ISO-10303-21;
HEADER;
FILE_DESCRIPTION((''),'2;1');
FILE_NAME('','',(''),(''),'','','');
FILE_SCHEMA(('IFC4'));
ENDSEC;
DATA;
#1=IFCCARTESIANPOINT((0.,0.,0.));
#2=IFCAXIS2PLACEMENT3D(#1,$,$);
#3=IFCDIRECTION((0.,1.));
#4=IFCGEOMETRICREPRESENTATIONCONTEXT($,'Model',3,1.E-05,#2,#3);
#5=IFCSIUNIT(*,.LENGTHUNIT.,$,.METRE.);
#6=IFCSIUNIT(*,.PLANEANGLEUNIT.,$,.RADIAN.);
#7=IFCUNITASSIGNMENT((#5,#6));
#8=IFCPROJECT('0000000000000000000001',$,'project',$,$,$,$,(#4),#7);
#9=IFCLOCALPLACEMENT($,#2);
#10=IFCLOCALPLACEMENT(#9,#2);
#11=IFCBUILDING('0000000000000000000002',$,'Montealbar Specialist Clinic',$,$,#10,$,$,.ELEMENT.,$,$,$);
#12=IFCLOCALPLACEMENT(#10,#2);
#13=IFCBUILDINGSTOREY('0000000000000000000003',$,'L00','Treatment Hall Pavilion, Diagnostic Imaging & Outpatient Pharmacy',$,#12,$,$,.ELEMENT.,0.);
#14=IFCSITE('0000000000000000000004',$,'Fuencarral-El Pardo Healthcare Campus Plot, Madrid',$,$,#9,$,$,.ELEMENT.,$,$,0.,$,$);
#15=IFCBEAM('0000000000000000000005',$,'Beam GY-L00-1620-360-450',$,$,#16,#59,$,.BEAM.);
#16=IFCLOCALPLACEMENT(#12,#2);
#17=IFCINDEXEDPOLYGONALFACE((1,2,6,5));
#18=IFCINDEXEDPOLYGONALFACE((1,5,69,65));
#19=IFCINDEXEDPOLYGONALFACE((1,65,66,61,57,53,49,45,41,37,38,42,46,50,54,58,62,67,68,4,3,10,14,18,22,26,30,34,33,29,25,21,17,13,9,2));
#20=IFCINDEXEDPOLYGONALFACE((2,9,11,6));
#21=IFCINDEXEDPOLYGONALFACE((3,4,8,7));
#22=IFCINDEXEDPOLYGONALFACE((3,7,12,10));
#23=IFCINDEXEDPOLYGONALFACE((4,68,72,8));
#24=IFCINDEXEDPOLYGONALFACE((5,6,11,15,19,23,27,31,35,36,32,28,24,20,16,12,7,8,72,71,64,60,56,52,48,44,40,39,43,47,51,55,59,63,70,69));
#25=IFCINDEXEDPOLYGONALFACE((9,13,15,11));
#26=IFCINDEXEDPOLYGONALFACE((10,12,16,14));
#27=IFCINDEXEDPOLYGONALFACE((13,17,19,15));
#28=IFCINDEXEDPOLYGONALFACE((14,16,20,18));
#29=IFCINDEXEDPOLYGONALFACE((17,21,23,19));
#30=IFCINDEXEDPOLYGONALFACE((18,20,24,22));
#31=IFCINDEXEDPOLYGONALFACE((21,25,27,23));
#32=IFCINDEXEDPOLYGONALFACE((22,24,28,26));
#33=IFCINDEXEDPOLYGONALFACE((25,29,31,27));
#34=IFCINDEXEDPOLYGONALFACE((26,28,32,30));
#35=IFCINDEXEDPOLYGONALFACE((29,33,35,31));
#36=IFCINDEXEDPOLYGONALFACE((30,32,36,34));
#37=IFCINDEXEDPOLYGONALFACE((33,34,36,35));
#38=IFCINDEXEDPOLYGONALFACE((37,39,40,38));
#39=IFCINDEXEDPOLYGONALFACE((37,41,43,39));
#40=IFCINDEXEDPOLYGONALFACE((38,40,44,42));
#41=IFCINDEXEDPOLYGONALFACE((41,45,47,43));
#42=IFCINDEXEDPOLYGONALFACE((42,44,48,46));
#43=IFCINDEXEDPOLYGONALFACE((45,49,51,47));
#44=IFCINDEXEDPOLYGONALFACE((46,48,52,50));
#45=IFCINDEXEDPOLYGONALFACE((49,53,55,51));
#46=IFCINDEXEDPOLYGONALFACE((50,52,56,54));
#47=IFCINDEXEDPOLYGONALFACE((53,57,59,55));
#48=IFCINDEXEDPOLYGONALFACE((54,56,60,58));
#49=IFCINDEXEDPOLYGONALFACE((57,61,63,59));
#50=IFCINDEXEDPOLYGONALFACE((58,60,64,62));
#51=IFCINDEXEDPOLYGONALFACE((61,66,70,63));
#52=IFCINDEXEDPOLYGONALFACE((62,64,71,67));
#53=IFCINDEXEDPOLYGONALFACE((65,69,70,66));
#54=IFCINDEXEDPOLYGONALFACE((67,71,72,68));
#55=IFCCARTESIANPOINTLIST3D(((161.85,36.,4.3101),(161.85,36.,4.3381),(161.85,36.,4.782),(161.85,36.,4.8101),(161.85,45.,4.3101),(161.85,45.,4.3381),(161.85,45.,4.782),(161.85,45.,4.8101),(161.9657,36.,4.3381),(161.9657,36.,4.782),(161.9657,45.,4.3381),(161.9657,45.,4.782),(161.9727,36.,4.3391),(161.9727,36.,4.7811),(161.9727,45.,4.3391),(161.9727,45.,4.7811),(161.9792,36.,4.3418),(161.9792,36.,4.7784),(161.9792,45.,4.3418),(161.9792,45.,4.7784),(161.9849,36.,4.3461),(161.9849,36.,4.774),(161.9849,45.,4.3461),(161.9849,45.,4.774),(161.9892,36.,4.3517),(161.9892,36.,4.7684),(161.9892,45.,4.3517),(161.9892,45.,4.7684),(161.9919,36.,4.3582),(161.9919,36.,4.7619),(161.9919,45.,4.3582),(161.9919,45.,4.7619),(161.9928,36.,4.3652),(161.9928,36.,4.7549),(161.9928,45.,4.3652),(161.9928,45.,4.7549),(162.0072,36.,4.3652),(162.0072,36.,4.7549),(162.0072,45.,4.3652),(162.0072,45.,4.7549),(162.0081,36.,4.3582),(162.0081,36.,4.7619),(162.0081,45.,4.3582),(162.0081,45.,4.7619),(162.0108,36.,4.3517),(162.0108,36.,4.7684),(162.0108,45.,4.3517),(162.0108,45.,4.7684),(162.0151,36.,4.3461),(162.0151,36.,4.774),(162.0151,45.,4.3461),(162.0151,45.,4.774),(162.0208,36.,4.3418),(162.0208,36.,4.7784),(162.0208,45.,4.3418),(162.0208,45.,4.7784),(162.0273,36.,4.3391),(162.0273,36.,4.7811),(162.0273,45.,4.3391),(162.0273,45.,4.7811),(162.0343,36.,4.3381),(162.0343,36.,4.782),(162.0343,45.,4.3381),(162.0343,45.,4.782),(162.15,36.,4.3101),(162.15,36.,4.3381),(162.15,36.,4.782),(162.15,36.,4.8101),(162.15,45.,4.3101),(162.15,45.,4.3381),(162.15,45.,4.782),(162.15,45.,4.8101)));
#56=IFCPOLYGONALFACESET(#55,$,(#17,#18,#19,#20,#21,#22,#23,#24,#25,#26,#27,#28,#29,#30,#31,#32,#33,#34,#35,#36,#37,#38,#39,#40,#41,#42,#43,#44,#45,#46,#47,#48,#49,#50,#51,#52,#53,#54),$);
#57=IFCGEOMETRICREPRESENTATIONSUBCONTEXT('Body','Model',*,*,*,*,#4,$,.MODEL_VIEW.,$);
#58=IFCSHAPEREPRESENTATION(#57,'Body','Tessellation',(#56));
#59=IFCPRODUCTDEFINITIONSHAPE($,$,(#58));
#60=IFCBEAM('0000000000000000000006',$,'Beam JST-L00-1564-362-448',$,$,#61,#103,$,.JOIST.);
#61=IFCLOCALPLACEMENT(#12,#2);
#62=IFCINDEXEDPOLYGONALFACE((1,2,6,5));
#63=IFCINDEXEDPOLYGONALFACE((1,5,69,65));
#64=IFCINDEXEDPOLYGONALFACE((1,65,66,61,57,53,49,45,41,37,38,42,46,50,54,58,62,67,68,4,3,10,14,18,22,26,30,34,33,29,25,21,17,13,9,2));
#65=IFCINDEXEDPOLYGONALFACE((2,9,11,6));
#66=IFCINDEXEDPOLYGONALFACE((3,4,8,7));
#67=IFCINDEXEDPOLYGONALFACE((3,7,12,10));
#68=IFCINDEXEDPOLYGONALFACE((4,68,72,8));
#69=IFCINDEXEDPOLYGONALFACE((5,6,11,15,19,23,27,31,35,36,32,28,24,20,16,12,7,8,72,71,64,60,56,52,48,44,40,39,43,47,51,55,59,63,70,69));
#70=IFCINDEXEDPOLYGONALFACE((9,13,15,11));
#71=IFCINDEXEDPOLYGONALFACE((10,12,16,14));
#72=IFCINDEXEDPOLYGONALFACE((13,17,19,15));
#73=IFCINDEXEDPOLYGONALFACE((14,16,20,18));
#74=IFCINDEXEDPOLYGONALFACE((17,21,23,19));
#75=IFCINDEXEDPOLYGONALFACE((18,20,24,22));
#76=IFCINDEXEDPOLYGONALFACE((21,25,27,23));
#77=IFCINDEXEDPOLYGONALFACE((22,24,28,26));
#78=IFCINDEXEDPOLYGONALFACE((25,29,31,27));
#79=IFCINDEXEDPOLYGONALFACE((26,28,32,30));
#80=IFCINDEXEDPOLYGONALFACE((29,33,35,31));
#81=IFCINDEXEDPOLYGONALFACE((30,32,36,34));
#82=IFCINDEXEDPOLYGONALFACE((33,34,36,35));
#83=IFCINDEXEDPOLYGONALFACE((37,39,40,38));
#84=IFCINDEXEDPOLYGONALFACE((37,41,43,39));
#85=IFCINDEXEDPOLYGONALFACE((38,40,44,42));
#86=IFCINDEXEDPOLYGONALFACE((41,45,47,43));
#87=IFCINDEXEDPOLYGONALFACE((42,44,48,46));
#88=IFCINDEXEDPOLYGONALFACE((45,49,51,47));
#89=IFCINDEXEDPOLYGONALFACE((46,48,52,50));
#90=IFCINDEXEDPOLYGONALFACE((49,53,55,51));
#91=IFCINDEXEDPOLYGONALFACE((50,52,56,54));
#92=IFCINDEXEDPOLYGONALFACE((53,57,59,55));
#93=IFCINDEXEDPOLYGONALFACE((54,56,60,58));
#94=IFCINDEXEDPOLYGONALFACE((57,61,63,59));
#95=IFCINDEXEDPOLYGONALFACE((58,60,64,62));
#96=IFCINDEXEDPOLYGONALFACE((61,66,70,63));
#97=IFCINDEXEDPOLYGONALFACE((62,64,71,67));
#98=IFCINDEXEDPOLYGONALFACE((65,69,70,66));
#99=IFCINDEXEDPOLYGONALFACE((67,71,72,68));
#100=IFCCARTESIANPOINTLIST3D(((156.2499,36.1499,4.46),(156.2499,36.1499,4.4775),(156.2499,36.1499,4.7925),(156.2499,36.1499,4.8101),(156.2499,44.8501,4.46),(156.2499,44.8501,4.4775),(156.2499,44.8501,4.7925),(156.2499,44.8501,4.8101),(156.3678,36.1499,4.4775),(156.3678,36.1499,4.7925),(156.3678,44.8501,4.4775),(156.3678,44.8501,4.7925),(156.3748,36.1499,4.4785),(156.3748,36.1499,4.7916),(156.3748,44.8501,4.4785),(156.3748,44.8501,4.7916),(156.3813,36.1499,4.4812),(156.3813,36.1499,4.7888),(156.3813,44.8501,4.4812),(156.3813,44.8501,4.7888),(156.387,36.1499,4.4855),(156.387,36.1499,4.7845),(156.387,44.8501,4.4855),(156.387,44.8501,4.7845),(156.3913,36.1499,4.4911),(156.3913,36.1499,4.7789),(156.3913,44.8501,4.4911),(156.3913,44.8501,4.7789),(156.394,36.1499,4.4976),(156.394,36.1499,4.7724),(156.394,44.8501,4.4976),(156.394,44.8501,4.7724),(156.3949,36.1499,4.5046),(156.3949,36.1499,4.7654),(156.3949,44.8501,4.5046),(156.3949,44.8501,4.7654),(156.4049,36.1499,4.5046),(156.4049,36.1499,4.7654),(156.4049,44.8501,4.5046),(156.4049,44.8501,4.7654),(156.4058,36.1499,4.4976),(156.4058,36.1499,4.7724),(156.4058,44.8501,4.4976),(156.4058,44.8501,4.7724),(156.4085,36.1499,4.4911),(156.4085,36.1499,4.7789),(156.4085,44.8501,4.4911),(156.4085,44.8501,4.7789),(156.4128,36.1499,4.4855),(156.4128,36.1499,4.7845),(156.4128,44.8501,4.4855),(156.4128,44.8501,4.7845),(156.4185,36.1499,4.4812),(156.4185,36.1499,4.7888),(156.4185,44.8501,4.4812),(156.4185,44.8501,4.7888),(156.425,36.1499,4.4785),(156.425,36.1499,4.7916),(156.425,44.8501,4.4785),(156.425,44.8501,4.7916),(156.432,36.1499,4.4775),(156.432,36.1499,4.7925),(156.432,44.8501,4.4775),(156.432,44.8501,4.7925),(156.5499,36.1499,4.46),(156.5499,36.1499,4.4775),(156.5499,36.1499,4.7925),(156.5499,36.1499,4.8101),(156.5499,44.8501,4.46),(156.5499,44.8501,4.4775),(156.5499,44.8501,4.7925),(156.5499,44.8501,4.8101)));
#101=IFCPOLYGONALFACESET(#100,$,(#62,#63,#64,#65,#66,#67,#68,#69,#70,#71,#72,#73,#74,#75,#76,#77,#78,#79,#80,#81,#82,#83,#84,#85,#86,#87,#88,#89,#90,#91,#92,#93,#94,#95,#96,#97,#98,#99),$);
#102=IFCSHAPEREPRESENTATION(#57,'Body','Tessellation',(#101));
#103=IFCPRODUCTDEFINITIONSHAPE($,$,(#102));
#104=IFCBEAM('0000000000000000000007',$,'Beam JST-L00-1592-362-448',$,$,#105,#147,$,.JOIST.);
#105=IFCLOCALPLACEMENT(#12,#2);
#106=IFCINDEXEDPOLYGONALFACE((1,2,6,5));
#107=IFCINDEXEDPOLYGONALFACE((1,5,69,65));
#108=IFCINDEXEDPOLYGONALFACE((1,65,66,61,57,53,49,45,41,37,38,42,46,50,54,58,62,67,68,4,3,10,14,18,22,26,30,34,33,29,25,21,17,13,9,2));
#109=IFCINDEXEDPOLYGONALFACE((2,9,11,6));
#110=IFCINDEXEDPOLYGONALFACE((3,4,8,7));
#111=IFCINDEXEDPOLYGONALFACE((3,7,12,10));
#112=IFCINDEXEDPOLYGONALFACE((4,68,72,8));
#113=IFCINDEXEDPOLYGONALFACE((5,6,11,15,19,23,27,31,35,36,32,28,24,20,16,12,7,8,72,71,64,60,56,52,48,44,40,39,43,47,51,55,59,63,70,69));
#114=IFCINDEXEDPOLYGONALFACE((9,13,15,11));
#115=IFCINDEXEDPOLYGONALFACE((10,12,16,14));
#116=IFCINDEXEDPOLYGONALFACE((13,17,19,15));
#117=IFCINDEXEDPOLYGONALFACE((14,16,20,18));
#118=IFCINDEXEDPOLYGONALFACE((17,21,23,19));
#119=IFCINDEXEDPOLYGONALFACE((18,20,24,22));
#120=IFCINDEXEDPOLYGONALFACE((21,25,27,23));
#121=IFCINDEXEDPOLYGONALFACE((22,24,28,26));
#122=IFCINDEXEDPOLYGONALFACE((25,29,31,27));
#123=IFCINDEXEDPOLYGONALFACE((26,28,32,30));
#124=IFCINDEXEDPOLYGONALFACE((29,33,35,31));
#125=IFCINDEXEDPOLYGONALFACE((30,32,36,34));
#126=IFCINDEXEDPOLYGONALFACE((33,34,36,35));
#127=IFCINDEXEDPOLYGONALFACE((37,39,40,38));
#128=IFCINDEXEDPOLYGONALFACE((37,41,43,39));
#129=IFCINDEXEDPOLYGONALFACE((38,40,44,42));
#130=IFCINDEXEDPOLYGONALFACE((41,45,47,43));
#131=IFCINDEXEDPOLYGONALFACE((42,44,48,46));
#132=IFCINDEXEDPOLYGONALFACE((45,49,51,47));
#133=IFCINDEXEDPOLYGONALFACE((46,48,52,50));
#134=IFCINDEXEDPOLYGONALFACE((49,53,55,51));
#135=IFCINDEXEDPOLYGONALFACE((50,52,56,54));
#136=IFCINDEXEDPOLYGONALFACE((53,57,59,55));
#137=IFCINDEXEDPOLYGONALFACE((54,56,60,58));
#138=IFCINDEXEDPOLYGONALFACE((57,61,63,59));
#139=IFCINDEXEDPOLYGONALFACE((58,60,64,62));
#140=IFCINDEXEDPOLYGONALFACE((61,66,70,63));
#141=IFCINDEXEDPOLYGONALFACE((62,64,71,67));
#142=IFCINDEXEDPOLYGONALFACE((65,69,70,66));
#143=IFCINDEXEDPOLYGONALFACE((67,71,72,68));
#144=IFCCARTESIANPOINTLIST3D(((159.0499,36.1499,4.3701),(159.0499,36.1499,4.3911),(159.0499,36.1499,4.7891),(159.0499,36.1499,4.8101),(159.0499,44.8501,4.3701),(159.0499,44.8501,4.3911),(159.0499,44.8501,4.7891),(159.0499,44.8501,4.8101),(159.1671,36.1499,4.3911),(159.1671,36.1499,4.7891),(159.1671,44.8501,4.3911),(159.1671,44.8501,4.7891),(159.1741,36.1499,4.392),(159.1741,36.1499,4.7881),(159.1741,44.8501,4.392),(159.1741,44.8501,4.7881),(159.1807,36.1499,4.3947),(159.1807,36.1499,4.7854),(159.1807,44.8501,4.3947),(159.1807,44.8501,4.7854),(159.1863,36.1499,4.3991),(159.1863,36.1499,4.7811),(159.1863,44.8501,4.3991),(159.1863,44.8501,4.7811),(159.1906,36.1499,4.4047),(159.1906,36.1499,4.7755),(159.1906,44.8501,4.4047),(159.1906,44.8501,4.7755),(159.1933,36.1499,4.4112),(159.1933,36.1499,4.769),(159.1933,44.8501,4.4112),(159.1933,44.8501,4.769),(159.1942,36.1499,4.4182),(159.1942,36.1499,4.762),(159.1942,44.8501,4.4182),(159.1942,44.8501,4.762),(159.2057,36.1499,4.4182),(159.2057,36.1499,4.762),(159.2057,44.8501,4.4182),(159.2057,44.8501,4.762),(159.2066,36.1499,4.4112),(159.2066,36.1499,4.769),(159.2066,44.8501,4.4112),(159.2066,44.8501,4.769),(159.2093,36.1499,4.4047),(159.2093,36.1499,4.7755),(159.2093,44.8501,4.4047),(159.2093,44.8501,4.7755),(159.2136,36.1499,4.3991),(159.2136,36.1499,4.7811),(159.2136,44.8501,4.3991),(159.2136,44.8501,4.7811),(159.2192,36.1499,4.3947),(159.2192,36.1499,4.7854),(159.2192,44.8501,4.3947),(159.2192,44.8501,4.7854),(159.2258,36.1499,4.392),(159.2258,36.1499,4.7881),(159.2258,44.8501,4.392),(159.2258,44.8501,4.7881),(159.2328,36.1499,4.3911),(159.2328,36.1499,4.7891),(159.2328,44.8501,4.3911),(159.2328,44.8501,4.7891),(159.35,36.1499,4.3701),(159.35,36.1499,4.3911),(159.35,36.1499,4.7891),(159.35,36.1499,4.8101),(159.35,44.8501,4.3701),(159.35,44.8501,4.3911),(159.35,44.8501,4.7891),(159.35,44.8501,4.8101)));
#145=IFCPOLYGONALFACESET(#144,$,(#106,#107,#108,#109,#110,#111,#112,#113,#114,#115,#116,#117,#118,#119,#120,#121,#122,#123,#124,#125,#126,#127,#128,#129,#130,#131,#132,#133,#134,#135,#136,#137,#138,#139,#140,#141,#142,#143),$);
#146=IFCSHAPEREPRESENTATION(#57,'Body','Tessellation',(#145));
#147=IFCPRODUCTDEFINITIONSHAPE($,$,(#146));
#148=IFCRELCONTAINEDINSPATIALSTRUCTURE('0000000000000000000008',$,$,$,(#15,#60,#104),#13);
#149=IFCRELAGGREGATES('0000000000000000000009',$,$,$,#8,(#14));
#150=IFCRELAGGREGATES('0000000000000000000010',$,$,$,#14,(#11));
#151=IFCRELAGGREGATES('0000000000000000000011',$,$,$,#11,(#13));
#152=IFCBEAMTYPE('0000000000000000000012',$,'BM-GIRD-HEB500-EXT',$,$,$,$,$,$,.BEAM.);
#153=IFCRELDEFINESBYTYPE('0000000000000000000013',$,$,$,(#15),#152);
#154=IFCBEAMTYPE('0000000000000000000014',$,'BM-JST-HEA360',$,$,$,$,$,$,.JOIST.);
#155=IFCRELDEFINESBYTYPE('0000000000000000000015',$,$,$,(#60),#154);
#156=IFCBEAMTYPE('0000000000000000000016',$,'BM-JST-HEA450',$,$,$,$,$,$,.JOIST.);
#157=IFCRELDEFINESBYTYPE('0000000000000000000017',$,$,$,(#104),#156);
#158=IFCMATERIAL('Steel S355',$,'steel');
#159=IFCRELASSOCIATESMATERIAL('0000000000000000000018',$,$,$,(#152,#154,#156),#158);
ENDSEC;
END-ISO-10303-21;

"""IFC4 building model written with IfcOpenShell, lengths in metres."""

from ifc_helpers import new_model, si_unit, direction, frame, origin, origin_2d, place, context, subcontext, project, spatial, i_section, extrude, material, material_profile, profile_set, type_object, element, save


model = new_model("IFC4")

# Units and contexts
model_context = context("Model", 3, precision=1e-05, world=origin(), true_north=direction((0.0, 1.0)))
body_context = subcontext(model_context, "Body", "Model", "MODEL_VIEW")
ifc_project = project(units=[si_unit("LENGTHUNIT", "METRE"), si_unit("PLANEANGLEUNIT", "RADIAN")], contexts=[model_context])

# Site, building, storey
site_placement = place(None, origin())
site = spatial("IfcSite", under=ifc_project, at=site_placement, Name="Fuencarral-El Pardo Healthcare Campus Plot, Madrid", CompositionType="ELEMENT", RefElevation=0.0)
building_placement = place(site_placement, origin())
building = spatial("IfcBuilding", under=site, at=building_placement, Name="Montealbar Specialist Clinic", CompositionType="ELEMENT")
storey_placement = place(building_placement, origin())
storey = spatial("IfcBuildingStorey", under=building, at=storey_placement, Name="L00", Description="Treatment Hall Pavilion, Diagnostic Imaging & Outpatient Pharmacy", CompositionType="ELEMENT", Elevation=0.0)

# Shared definitions
ifc_material_1 = material(Name="Steel S355", Category="steel")

# Beams
ifc_material_profile_1 = material_profile(ifc_material_1, i_section(OverallWidth=0.3, OverallDepth=0.5, WebThickness=0.0144, FlangeThickness=0.0281, FilletRadius=0.0271, at=origin_2d()), Name="HEB 500", Category="steel")
ifc_profile_set_1 = profile_set([ifc_material_profile_1], Name="Steel S355")
beam_type_1 = type_object("IfcBeamType", Name="BM-GIRD-HEB500-EXT", PredefinedType="BEAM", material=ifc_profile_set_1)
beam_1_placement = place(storey_placement, frame((162.0, 36.0, 4.5601), z_axis=(0.0, 1.0, 0.0), x_axis=(-1.0, 0.0, 0.0)))
element("IfcBeam", 1, at=beam_1_placement, inside=storey, type_object=beam_type_1, Name="Beam GY-L00-1620-360-450", PredefinedType="BEAM", context=body_context, shape_type="SweptSolid", body=[
    extrude(i_section(OverallWidth=0.3, OverallDepth=0.5, WebThickness=0.0144, FlangeThickness=0.0281, FilletRadius=0.0271, at=origin_2d()), origin(), (0.0, 0.0, 1.0), 9.0),
])
ifc_material_profile_2 = material_profile(ifc_material_1, i_section(OverallWidth=0.3, OverallDepth=0.3501, WebThickness=0.01, FlangeThickness=0.0176, FilletRadius=0.0271, at=origin_2d()), Name="HEA 360", Category="steel")
ifc_profile_set_2 = profile_set([ifc_material_profile_2], Name="Steel S355")
beam_type_2 = type_object("IfcBeamType", Name="BM-JST-HEA360", PredefinedType="JOIST", material=ifc_profile_set_2)
beam_2_placement = place(storey_placement, frame((156.3999, 36.1499, 4.635), z_axis=(0.0, 1.0, 0.0), x_axis=(-1.0, 0.0, 0.0)))
element("IfcBeam", 2, at=beam_2_placement, inside=storey, type_object=beam_type_2, Name="Beam JST-L00-1564-362-448", PredefinedType="JOIST", context=body_context, shape_type="SweptSolid", body=[
    extrude(i_section(OverallWidth=0.3, OverallDepth=0.3501, WebThickness=0.01, FlangeThickness=0.0176, FilletRadius=0.0271, at=origin_2d()), origin(), (0.0, 0.0, 1.0), 8.7002),
])
ifc_material_profile_3 = material_profile(ifc_material_1, i_section(OverallWidth=0.3, OverallDepth=0.4399, WebThickness=0.0115, FlangeThickness=0.021, FilletRadius=0.0271, at=origin_2d()), Name="HEA 450", Category="steel")
ifc_profile_set_3 = profile_set([ifc_material_profile_3], Name="Steel S355")
beam_type_3 = type_object("IfcBeamType", Name="BM-JST-HEA450", PredefinedType="JOIST", material=ifc_profile_set_3)
beam_3_placement = place(storey_placement, frame((159.2, 36.1499, 4.5901), z_axis=(0.0, 1.0, 0.0), x_axis=(-1.0, 0.0, 0.0)))
element("IfcBeam", 3, at=beam_3_placement, inside=storey, type_object=beam_type_3, Name="Beam JST-L00-1592-362-448", PredefinedType="JOIST", context=body_context, shape_type="SweptSolid", body=[
    extrude(i_section(OverallWidth=0.3, OverallDepth=0.4399, WebThickness=0.0115, FlangeThickness=0.021, FilletRadius=0.0271, at=origin_2d()), origin(), (0.0, 0.0, 1.0), 8.7002),
])

save(model, "model.ifc")
